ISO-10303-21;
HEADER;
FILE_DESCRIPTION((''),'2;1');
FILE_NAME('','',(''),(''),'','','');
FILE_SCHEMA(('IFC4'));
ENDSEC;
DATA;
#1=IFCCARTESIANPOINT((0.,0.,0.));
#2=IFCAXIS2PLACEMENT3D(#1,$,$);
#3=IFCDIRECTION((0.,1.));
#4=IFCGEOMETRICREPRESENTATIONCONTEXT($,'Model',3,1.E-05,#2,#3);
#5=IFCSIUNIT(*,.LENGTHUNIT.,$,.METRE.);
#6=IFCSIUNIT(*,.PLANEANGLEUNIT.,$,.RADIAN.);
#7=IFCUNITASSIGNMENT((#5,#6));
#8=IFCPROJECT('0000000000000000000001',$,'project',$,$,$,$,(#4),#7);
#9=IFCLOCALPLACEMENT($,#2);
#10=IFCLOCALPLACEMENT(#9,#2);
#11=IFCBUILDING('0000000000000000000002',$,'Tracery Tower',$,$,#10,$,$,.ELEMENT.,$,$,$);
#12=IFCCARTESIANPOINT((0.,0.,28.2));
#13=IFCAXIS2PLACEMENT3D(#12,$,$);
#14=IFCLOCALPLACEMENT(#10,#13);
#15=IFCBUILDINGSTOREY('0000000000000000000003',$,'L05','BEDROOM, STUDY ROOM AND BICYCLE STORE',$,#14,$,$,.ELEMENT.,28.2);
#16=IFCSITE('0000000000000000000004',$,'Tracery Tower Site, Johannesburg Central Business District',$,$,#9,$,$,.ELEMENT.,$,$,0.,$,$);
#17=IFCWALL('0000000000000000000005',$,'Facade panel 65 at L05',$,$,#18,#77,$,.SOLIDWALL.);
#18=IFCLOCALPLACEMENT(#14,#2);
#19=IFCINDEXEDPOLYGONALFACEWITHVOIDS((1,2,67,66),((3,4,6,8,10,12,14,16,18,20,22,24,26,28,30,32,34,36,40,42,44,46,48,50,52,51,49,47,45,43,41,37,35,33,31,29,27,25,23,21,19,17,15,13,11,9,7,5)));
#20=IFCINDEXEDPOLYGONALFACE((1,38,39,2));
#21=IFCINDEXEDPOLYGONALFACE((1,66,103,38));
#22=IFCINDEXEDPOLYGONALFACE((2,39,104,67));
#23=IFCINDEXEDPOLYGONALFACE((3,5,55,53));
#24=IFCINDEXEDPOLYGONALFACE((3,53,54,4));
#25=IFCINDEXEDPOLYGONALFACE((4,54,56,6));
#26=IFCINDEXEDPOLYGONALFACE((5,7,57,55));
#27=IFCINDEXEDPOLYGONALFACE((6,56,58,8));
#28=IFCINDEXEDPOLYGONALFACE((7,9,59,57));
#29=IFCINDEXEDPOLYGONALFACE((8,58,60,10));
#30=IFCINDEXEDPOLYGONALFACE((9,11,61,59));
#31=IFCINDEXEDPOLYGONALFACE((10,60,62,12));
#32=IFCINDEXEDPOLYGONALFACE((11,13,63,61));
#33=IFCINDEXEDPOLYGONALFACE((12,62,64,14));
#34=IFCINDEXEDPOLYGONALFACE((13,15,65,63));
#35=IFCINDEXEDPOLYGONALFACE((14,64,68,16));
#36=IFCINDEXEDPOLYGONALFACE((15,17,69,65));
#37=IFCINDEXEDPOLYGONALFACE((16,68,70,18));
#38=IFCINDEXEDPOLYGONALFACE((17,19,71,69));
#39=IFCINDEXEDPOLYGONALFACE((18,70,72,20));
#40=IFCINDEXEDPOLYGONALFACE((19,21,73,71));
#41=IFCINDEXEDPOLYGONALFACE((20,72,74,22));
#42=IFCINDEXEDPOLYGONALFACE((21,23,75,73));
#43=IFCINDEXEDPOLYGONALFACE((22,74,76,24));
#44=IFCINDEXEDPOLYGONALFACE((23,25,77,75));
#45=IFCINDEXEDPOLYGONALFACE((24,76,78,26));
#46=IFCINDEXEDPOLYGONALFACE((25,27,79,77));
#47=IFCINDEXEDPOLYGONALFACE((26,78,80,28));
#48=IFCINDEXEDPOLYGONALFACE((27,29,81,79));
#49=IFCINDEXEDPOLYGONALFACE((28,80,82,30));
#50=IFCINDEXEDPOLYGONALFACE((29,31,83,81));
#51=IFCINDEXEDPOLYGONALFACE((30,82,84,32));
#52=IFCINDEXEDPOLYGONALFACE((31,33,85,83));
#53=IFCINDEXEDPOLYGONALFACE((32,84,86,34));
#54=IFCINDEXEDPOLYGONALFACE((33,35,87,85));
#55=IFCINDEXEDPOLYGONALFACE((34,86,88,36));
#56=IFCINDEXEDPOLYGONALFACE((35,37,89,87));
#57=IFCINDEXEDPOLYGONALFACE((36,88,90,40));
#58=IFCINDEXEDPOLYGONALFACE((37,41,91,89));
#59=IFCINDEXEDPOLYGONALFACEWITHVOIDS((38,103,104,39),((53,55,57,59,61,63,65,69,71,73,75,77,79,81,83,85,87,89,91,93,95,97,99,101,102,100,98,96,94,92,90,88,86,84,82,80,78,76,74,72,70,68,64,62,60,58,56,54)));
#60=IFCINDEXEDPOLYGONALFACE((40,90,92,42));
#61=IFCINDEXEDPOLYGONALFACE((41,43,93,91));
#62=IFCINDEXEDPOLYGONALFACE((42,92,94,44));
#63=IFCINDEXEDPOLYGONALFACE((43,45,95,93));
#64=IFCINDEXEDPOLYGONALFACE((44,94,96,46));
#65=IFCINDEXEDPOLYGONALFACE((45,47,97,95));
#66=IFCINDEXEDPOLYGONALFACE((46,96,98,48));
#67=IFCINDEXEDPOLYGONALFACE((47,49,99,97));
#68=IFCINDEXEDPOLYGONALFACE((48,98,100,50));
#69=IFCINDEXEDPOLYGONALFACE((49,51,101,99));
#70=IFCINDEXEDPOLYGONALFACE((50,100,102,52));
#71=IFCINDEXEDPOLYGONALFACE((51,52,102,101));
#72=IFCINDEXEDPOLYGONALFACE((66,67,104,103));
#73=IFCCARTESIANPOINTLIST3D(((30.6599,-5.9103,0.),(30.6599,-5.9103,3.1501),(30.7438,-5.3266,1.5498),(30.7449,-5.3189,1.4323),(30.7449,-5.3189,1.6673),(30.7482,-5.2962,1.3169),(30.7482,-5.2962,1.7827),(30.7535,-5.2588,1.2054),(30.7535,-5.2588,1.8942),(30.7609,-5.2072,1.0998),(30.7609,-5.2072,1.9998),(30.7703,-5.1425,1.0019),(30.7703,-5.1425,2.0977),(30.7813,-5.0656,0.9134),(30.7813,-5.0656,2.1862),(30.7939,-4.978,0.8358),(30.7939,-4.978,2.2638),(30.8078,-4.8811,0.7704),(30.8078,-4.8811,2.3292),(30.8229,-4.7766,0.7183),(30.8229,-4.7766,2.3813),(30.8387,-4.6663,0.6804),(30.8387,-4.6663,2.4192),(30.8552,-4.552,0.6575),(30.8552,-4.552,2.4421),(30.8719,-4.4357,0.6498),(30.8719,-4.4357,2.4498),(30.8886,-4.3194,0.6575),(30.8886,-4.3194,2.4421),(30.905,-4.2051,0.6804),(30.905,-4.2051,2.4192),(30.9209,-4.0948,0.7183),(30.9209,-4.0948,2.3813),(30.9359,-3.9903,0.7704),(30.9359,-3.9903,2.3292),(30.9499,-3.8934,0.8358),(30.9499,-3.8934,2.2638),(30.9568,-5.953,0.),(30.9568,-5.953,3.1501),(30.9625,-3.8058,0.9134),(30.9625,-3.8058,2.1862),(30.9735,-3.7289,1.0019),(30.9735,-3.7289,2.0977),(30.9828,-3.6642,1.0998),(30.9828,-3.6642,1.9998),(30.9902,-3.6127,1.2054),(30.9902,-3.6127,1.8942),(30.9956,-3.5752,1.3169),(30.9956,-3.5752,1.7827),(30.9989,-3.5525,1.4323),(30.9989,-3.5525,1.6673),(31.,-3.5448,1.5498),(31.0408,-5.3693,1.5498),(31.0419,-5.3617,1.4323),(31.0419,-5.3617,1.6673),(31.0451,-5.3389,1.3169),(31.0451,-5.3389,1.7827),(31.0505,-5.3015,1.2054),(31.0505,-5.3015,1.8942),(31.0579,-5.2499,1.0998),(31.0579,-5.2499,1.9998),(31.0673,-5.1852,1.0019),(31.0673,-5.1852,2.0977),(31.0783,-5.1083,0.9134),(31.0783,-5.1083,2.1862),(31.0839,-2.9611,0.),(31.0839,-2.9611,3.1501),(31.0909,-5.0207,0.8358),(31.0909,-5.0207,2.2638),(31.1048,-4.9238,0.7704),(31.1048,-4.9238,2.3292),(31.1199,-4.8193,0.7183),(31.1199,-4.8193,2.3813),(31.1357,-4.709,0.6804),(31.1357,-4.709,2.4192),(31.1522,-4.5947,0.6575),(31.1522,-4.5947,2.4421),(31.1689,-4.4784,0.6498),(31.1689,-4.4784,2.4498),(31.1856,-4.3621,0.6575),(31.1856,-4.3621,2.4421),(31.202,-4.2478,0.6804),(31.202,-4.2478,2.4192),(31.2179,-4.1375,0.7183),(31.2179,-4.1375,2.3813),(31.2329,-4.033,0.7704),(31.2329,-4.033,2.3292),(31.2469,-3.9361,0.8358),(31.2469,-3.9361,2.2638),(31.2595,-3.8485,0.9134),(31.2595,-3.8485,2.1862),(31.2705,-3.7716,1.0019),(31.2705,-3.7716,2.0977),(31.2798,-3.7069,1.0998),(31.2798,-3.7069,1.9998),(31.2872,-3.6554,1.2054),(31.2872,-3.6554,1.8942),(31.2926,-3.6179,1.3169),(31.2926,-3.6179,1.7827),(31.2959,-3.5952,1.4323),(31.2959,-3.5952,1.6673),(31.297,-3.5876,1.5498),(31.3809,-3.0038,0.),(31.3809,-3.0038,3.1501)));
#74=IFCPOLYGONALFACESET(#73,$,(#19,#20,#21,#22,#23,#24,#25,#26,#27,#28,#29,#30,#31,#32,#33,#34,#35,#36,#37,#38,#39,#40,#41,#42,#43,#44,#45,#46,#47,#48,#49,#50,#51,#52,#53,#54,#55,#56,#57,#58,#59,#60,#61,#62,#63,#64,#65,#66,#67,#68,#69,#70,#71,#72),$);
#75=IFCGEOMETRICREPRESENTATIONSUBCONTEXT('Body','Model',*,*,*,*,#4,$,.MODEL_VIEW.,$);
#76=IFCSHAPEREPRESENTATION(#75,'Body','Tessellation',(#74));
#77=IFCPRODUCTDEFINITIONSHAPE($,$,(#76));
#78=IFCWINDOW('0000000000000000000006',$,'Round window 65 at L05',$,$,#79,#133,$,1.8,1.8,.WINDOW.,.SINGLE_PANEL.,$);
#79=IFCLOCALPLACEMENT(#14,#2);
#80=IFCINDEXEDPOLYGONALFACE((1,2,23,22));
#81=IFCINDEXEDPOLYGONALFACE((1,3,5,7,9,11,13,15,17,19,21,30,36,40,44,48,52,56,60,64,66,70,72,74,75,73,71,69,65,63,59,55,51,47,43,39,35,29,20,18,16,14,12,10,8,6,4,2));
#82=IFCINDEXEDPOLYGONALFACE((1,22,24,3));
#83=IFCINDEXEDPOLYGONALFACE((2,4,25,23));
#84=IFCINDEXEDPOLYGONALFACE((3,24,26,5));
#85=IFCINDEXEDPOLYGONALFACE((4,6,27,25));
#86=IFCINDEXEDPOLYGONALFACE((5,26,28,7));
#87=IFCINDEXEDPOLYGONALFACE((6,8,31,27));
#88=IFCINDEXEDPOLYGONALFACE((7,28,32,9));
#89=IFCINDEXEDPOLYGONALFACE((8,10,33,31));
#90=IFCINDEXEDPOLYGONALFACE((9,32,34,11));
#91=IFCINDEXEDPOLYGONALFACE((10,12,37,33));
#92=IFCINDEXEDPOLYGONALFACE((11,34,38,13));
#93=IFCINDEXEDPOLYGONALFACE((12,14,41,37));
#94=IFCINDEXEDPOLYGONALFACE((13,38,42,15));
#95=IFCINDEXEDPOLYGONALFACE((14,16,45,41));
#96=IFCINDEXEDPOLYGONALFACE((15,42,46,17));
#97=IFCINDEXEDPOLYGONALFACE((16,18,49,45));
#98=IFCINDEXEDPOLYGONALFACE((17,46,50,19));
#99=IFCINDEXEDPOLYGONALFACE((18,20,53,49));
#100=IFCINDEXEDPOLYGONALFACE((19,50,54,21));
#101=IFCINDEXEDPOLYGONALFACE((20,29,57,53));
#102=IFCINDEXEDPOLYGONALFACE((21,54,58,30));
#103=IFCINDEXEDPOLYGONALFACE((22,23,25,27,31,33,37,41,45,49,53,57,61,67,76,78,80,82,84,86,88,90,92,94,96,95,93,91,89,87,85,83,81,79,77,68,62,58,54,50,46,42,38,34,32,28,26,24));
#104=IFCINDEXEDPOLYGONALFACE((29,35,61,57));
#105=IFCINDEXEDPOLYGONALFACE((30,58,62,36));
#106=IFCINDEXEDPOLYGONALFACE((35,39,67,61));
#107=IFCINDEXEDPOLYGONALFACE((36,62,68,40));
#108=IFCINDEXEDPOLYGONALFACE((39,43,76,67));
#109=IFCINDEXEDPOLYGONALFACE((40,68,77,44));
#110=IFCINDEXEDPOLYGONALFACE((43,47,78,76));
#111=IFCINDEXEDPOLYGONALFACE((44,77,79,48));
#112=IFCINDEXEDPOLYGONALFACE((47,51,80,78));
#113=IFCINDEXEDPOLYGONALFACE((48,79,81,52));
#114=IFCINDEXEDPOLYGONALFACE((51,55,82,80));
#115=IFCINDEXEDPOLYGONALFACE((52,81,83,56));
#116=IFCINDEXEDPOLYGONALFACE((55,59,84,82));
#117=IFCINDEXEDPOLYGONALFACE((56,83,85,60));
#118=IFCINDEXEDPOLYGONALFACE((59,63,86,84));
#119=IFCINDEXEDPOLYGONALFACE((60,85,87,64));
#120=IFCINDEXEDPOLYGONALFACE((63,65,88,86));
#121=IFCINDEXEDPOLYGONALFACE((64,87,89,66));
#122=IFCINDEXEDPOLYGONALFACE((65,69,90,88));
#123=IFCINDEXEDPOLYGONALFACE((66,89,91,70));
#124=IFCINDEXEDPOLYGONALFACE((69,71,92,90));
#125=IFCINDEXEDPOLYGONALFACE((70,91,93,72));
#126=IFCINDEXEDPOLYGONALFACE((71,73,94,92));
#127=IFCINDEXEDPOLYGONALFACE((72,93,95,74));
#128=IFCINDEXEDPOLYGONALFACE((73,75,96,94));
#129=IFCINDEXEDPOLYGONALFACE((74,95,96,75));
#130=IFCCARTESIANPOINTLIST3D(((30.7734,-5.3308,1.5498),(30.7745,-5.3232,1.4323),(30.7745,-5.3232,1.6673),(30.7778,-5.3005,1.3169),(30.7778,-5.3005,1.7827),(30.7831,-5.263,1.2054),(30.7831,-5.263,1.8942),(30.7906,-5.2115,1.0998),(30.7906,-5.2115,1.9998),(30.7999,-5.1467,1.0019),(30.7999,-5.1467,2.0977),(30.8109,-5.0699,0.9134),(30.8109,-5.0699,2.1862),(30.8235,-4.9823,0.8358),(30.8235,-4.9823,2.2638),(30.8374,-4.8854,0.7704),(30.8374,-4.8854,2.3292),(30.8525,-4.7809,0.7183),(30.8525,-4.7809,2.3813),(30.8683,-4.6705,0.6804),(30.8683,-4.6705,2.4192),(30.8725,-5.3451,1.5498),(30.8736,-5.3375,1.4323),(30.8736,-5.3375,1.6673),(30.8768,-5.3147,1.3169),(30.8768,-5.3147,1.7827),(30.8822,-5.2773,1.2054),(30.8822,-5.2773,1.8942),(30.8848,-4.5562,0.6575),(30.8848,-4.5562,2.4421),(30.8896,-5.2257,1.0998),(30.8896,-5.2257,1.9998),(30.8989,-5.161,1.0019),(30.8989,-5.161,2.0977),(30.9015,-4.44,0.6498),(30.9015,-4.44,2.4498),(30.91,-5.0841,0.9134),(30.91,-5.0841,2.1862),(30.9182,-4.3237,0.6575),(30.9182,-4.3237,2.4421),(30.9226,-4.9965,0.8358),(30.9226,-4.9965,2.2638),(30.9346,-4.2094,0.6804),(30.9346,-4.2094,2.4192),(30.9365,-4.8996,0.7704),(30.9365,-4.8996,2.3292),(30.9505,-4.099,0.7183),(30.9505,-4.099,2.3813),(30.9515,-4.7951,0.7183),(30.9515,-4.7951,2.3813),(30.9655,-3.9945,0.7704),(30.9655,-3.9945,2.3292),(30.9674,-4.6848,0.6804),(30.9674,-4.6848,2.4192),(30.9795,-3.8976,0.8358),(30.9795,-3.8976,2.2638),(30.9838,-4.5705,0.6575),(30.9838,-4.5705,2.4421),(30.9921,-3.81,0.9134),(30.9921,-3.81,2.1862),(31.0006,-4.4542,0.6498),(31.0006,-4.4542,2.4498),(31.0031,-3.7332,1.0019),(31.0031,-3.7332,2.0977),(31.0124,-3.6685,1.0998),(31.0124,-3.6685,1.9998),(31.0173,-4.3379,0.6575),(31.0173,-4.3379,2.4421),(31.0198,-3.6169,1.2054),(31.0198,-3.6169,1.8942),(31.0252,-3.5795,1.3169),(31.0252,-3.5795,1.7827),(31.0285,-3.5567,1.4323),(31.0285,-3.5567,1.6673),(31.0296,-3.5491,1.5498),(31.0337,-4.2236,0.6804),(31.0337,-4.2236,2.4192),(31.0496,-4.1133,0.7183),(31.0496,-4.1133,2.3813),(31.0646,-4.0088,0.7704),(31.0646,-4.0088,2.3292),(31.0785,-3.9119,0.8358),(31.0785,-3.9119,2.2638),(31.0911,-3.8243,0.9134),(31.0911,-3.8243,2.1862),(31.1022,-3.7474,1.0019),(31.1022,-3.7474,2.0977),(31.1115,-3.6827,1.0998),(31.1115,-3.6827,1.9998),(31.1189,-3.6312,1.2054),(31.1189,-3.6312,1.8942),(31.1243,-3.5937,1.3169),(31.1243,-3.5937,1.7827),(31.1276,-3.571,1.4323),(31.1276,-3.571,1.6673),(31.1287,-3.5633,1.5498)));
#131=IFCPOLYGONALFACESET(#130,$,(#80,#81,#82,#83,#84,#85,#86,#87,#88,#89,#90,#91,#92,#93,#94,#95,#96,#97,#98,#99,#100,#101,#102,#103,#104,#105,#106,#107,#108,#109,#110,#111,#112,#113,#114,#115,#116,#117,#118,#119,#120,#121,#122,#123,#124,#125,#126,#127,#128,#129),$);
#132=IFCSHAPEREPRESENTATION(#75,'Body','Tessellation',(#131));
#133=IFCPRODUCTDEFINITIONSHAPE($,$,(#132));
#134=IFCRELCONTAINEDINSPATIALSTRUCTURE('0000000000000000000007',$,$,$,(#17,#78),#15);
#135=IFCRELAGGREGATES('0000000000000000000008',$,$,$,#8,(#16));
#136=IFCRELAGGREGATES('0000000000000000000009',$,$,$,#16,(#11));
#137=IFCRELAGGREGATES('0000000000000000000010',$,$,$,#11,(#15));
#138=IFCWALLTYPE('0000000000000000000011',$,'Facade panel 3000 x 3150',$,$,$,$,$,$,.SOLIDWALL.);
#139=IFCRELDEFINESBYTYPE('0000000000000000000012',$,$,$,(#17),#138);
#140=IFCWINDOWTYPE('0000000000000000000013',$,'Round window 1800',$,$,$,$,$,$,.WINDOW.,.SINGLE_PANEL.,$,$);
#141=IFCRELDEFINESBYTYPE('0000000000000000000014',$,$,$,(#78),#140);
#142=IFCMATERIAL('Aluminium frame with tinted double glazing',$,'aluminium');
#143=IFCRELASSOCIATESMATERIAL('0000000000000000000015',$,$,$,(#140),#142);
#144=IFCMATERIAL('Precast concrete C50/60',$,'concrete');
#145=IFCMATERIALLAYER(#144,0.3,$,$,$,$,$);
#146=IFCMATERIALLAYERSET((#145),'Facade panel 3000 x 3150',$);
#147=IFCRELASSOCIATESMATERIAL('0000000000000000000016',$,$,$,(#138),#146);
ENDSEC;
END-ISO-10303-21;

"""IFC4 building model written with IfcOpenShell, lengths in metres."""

from ifc_helpers import new_model, si_unit, direction, frame, frame_2d, origin, origin_2d, place, context, subcontext, project, spatial, rectangle, circle, extrude, material, layer, layer_set, type_object, element, fill, save


model = new_model("IFC4")

# Units and contexts
model_context = context("Model", 3, precision=1e-05, world=origin(), true_north=direction((0.0, 1.0)))
body_context = subcontext(model_context, "Body", "Model", "MODEL_VIEW")
ifc_project = project(units=[si_unit("LENGTHUNIT", "METRE"), si_unit("PLANEANGLEUNIT", "RADIAN")], contexts=[model_context])

# Site, building, storey
site_placement = place(None, origin())
site = spatial("IfcSite", under=ifc_project, at=site_placement, Name="Tracery Tower Site, Johannesburg Central Business District", CompositionType="ELEMENT", RefElevation=0.0)
building_placement = place(site_placement, origin())
building = spatial("IfcBuilding", under=site, at=building_placement, Name="Tracery Tower", CompositionType="ELEMENT")
storey_placement = place(building_placement, frame((0.0, 0.0, 28.2)))
storey = spatial("IfcBuildingStorey", under=building, at=storey_placement, Name="L05", Description="BEDROOM, STUDY ROOM AND BICYCLE STORE", CompositionType="ELEMENT", Elevation=28.2)

# Wall, opening, window
ifc_material_1 = material(Name="Aluminium frame with tinted double glazing", Category="aluminium")
window_type = type_object("IfcWindowType", Name="Round window 1800", PartitioningType="SINGLE_PANEL", PredefinedType="WINDOW", material=ifc_material_1)
ifc_material_2 = material(Name="Precast concrete C50/60", Category="concrete")
ifc_layer_1 = layer(ifc_material_2, 0.3)
ifc_layer_set_1 = layer_set([ifc_layer_1], Name="Facade panel 3000 x 3150")
wall_type_1 = type_object("IfcWallType", Name="Facade panel 3000 x 3150", PredefinedType="SOLIDWALL", material=ifc_layer_set_1)
wall_1_placement = place(storey_placement, frame((30.8083, -5.9316, 0.0), z_axis=(0.0, 0.0, 1.0), x_axis=(0.142328, 0.98982, 0.0)))
wall_1 = element("IfcWall", 1, at=wall_1_placement, inside=storey, type_object=wall_type_1, Name="Facade panel 65 at L05", PredefinedType="SOLIDWALL", context=body_context, shape_type="SweptSolid", body=[
    extrude(rectangle(XDim=2.9795, YDim=0.3, at=frame_2d((1.4897, 0.0))), origin(), (0.0, 0.0, 1.0), 3.1501),
])
opening_1_placement = place(wall_1_placement, frame((1.4897, 0.0, 1.5498)))
opening_1 = element("IfcOpeningElement", 2, at=opening_1_placement, cuts=wall_1, PredefinedType="OPENING", context=body_context, shape_type="SweptSolid", body=[
    extrude(circle(Radius=0.9, at=origin_2d()), frame((0.0, 0.1599, 0.0), z_axis=(0.0, -1.0, 0.0), x_axis=(1.0, 0.0, 0.0)), (0.0, 0.0, 1.0), 0.3201),
])
window_1_placement = place(opening_1_placement, origin())
window_1 = element("IfcWindow", 3, at=window_1_placement, inside=storey, type_object=window_type, Name="Round window 65 at L05", OverallHeight=1.8, OverallWidth=1.8, PartitioningType="SINGLE_PANEL", PredefinedType="WINDOW", context=body_context, shape_type="SweptSolid", body=[
    extrude(circle(Radius=0.9, at=origin_2d()), frame((0.0, 0.1201, 0.0), z_axis=(0.0, -1.0, 0.0), x_axis=(1.0, 0.0, 0.0)), (0.0, 0.0, 1.0), 0.1001),
])
fill(opening_1, window_1)

save(model, "model.ifc")
